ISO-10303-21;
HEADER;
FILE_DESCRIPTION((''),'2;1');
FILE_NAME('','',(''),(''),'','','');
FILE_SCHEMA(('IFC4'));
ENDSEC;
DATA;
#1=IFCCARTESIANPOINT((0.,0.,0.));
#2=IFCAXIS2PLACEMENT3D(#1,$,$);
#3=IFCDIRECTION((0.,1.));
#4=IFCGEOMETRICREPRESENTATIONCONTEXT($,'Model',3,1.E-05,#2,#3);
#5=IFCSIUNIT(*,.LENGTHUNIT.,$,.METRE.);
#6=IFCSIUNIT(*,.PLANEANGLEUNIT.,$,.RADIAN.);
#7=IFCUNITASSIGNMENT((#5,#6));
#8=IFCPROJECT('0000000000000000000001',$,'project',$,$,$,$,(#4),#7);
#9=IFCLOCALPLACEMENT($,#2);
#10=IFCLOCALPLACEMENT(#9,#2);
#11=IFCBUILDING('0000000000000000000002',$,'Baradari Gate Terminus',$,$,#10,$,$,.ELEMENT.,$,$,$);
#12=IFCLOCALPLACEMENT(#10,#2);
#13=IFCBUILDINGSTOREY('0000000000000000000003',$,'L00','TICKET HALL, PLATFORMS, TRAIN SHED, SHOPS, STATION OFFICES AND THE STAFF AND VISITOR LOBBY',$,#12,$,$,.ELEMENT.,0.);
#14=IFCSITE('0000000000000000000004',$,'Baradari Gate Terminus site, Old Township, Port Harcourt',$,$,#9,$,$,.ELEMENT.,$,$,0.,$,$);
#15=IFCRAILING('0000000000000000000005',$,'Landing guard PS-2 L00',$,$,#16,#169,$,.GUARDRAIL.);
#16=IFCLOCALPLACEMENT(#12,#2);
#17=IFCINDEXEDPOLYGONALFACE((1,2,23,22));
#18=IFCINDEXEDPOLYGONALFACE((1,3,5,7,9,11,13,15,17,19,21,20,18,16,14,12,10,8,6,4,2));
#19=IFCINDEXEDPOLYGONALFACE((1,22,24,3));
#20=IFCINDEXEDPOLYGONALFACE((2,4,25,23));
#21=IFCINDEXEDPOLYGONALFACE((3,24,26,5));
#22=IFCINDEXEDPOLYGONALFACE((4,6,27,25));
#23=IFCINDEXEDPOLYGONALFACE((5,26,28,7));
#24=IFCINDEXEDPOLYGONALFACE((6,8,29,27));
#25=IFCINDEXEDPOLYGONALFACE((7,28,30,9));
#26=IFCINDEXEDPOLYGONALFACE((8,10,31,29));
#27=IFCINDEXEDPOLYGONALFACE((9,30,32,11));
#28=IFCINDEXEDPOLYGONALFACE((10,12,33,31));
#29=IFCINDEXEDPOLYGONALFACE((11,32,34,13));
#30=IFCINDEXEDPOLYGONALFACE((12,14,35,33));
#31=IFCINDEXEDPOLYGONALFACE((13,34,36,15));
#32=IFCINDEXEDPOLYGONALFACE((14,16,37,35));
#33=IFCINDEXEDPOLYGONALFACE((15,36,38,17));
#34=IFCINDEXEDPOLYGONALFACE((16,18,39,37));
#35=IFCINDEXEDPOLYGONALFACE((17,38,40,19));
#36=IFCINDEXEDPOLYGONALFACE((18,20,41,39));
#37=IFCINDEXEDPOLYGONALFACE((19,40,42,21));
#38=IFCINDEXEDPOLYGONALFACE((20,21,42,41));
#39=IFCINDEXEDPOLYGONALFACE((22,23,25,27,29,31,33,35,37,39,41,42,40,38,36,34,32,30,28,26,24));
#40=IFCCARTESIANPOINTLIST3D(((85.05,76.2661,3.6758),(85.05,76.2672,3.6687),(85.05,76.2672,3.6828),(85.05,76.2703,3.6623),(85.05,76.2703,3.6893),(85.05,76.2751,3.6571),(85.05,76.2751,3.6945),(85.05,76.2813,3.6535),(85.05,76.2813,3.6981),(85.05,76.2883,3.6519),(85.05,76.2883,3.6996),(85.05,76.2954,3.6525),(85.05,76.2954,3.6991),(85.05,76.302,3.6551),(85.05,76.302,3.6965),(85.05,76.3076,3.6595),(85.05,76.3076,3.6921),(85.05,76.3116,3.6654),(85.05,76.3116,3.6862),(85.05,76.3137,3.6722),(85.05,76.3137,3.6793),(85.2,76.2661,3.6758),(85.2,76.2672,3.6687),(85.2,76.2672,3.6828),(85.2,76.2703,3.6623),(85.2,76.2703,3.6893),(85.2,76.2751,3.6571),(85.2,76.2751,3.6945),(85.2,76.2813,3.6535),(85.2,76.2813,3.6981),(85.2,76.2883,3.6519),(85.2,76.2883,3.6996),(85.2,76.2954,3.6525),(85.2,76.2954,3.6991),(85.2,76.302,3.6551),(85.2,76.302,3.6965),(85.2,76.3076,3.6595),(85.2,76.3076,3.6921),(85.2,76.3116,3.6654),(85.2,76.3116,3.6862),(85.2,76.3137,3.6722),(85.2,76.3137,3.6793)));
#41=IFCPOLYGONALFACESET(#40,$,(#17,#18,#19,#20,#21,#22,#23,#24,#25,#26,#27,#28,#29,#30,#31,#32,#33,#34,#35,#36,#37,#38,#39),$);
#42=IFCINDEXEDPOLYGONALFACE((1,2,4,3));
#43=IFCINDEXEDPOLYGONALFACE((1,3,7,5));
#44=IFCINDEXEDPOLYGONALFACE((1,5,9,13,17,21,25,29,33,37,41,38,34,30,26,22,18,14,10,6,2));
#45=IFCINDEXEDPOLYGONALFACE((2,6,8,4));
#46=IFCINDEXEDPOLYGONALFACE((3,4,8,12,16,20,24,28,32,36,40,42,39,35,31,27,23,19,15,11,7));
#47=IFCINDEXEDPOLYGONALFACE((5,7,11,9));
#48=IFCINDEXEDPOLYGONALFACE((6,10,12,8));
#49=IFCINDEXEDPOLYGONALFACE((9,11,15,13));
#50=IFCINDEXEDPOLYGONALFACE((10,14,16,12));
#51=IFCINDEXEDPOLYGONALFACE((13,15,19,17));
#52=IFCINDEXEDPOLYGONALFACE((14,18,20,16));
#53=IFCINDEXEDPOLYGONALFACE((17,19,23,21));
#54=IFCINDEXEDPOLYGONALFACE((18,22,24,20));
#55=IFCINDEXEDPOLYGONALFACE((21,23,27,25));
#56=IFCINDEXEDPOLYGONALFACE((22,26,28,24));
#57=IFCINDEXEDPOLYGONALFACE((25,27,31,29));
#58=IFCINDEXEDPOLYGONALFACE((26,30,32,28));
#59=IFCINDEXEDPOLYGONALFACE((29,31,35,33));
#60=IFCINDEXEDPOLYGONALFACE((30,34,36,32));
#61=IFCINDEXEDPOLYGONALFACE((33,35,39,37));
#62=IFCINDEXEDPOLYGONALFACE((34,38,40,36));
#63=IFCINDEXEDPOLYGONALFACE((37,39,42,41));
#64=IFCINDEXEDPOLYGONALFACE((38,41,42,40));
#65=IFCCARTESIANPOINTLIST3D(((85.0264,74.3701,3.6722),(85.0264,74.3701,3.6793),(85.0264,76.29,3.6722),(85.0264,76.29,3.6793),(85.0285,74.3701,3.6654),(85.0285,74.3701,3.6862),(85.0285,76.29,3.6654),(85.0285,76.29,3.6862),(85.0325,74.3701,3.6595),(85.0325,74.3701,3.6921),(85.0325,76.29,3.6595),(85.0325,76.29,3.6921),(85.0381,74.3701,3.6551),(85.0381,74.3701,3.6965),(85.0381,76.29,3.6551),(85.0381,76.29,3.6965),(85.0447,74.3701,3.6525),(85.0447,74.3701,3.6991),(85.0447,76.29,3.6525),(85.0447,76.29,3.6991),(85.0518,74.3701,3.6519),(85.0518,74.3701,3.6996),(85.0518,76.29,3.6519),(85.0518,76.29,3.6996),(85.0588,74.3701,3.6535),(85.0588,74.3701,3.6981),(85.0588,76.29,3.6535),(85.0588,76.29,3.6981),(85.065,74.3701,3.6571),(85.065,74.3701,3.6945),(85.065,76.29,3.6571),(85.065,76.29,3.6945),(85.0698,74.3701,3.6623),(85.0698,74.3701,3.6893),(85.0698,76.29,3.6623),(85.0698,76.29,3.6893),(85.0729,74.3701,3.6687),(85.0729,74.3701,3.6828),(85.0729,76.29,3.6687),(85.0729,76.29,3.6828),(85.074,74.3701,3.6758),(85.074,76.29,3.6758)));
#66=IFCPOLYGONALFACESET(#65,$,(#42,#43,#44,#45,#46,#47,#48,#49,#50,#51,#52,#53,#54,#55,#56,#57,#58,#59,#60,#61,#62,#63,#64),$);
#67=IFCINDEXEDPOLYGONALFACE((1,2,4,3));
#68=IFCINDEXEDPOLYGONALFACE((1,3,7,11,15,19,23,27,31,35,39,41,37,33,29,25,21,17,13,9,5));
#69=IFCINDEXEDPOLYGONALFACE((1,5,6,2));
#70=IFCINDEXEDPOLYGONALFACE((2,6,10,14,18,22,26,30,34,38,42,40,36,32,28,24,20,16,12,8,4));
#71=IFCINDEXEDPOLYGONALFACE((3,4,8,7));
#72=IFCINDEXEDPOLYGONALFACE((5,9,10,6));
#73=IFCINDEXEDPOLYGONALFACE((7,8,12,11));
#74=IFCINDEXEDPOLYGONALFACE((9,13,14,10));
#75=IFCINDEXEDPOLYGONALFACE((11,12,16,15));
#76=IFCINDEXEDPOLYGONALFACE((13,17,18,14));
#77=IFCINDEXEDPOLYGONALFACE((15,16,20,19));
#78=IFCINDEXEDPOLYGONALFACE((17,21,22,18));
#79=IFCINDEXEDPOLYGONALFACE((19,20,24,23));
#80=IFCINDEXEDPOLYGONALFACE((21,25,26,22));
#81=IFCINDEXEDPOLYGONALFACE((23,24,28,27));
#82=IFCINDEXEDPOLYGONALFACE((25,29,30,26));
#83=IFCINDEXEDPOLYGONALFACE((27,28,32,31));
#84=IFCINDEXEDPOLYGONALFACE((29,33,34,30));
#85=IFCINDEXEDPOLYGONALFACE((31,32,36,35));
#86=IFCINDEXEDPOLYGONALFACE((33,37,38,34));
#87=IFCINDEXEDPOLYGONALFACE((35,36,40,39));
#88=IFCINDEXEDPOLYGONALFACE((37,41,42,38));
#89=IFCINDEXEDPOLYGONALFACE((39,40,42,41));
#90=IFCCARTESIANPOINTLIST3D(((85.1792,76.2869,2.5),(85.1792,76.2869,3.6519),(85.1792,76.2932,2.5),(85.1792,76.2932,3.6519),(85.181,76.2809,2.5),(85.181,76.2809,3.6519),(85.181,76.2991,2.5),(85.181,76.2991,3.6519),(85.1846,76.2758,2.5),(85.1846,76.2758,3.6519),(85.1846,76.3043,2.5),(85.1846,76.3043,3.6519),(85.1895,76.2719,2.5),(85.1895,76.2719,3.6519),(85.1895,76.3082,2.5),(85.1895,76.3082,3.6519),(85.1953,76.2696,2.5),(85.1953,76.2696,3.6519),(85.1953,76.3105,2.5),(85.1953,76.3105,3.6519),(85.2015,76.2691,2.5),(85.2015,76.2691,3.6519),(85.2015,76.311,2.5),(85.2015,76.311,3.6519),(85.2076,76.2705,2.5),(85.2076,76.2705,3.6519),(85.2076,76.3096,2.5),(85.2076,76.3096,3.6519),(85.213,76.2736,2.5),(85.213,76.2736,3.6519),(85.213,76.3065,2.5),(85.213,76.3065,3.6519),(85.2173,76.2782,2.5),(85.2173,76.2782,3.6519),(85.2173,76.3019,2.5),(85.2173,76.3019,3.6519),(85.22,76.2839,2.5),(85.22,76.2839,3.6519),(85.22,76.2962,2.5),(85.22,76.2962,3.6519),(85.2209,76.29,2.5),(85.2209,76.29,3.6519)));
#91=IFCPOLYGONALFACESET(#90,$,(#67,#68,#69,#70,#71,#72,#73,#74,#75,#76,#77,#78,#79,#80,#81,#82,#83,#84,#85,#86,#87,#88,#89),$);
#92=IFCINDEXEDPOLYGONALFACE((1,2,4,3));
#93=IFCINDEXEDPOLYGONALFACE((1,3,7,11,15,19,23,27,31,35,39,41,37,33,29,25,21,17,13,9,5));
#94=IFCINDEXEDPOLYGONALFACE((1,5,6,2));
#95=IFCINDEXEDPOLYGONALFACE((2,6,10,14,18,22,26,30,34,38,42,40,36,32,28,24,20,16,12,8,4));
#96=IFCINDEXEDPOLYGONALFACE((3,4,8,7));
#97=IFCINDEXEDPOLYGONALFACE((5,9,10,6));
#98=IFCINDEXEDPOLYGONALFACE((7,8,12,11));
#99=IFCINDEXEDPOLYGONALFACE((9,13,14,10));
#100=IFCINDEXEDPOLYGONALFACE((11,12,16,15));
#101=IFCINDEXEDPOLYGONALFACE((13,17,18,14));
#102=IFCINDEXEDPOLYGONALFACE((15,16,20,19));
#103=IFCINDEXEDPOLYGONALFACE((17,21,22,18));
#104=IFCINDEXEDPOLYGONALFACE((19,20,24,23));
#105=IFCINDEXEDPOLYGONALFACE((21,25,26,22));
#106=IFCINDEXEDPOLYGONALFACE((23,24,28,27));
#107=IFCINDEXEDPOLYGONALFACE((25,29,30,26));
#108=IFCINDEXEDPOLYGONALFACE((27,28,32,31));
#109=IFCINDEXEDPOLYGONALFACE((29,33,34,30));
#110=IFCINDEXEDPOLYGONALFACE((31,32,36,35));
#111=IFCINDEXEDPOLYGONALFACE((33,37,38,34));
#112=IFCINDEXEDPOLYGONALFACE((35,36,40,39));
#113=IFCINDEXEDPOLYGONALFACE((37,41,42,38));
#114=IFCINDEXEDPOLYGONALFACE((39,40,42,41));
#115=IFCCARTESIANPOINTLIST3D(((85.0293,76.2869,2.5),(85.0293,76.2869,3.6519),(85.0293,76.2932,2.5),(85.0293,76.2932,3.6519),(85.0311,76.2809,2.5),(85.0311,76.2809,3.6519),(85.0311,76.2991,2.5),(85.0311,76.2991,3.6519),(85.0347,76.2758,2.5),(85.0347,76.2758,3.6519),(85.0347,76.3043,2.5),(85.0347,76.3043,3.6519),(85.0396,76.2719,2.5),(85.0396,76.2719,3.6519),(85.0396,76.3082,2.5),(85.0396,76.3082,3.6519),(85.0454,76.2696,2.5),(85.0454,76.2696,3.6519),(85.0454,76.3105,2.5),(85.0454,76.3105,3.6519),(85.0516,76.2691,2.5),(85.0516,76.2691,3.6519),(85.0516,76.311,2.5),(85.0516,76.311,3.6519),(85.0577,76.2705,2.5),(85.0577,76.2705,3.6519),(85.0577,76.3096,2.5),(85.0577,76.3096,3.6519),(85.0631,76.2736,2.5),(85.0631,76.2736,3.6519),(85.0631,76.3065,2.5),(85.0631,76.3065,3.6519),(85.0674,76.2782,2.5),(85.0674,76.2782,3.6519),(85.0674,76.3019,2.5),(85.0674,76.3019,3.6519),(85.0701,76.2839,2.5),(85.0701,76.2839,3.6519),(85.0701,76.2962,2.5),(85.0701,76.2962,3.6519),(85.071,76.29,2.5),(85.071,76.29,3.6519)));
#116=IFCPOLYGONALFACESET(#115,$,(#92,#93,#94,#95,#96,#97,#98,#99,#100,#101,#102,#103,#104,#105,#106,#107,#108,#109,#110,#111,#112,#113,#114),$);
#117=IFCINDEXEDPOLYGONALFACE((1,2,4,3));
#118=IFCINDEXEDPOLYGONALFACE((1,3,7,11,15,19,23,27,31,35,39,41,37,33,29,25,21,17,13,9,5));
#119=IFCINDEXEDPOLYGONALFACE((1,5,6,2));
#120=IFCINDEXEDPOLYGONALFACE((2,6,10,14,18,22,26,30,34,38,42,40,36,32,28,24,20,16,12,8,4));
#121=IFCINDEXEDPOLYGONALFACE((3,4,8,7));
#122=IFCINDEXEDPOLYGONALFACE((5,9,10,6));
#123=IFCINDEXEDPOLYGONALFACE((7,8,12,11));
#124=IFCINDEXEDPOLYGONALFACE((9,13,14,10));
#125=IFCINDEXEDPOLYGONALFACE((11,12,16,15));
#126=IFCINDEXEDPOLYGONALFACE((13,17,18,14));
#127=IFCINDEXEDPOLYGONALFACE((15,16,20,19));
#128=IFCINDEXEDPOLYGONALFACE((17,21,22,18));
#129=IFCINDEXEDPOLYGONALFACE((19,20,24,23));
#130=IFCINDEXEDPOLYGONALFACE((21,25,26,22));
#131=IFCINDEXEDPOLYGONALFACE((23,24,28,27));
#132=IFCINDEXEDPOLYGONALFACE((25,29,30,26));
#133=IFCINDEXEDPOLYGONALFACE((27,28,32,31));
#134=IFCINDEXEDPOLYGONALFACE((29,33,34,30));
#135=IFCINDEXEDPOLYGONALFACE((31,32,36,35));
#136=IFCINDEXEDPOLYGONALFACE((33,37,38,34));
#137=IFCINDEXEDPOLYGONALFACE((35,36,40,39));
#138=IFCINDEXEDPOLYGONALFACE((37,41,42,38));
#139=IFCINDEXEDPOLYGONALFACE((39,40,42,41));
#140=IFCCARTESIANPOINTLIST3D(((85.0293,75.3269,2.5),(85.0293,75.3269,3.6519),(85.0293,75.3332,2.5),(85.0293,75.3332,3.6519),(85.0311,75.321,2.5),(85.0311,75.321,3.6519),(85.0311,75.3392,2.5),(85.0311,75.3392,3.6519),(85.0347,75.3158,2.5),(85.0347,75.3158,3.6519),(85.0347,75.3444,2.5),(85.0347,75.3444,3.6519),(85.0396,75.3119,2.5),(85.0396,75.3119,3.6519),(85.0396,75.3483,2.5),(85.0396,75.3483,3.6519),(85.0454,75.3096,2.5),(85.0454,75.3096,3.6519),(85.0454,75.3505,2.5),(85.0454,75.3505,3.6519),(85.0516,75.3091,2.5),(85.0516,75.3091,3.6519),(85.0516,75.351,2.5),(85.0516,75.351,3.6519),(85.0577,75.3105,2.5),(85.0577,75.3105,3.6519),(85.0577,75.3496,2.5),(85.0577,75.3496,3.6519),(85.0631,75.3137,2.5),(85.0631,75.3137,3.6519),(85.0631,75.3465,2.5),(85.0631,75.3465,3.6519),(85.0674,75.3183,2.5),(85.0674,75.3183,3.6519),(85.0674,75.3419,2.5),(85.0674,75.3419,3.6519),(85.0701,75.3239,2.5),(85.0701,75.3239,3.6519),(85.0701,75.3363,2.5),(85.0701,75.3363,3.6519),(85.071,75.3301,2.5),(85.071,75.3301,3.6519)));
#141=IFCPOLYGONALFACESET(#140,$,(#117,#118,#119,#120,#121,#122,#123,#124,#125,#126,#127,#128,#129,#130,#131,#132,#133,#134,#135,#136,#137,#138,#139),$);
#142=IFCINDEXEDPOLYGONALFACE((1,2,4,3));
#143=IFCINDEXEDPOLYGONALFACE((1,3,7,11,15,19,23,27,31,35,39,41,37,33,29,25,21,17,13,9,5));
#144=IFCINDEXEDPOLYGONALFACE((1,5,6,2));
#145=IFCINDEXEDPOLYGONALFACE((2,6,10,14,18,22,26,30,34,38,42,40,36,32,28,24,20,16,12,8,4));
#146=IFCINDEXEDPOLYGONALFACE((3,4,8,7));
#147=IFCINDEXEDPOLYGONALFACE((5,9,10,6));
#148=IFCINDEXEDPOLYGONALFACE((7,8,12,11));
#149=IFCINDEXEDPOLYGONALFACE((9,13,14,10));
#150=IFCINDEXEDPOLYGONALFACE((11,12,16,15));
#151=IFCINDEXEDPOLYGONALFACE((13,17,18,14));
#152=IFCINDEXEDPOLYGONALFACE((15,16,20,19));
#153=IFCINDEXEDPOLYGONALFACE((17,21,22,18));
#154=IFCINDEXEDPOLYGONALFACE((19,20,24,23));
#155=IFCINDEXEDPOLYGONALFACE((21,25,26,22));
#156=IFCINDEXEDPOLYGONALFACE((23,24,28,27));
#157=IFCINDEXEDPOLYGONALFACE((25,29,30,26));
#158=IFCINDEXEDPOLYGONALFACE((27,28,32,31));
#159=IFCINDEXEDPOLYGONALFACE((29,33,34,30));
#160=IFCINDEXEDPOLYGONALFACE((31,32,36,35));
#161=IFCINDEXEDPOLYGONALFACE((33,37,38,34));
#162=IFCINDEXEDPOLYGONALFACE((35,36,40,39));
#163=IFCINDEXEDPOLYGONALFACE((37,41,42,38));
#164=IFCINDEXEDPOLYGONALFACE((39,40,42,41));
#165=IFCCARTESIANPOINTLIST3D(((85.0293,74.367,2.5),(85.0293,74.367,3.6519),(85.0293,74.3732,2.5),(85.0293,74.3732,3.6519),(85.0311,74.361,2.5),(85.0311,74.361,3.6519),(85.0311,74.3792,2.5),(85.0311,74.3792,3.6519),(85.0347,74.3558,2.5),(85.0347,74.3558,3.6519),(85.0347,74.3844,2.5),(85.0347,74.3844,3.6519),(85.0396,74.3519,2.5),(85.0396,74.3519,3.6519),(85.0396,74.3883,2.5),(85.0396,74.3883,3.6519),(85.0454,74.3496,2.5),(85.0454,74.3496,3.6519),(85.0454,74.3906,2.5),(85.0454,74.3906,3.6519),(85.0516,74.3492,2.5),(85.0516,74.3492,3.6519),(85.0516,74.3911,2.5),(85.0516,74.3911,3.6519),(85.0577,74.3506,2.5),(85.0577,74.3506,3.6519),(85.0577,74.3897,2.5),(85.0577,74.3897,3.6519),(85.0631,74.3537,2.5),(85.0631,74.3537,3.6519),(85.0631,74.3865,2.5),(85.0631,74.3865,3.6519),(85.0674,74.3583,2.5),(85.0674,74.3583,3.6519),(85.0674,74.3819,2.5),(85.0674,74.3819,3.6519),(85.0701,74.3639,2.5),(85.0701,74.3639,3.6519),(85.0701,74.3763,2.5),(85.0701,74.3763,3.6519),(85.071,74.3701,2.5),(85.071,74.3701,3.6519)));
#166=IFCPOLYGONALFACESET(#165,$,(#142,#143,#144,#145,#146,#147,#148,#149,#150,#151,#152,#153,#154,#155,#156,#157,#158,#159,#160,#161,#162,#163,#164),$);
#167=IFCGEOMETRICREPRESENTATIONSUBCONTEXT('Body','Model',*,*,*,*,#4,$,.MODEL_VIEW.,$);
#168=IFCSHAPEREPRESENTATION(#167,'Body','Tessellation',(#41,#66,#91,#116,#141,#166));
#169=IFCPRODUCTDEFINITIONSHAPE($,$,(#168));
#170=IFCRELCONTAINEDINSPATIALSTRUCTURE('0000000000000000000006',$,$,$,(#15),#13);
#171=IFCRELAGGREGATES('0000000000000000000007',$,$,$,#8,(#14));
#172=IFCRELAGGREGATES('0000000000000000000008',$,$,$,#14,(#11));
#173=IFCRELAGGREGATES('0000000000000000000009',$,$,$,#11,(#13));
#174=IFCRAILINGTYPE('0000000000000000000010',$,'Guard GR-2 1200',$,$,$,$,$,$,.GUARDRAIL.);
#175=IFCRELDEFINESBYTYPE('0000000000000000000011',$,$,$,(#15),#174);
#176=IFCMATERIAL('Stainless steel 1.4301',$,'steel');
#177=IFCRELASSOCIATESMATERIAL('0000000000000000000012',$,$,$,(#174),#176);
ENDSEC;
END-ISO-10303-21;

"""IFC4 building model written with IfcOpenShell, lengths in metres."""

from ifc_helpers import new_model, si_unit, direction, frame, origin, origin_2d, place, context, subcontext, project, spatial, circle, extrude, material, type_object, element, save


model = new_model("IFC4")

# Units and contexts
model_context = context("Model", 3, precision=1e-05, world=origin(), true_north=direction((0.0, 1.0)))
body_context = subcontext(model_context, "Body", "Model", "MODEL_VIEW")
ifc_project = project(units=[si_unit("LENGTHUNIT", "METRE"), si_unit("PLANEANGLEUNIT", "RADIAN")], contexts=[model_context])

# Site, building, storey
site_placement = place(None, origin())
site = spatial("IfcSite", under=ifc_project, at=site_placement, Name="Baradari Gate Terminus site, Old Township, Port Harcourt", CompositionType="ELEMENT", RefElevation=0.0)
building_placement = place(site_placement, origin())
building = spatial("IfcBuilding", under=site, at=building_placement, Name="Baradari Gate Terminus", CompositionType="ELEMENT")
storey_placement = place(building_placement, origin())
storey = spatial("IfcBuildingStorey", under=building, at=storey_placement, Name="L00", Description="TICKET HALL, PLATFORMS, TRAIN SHED, SHOPS, STATION OFFICES AND THE STAFF AND VISITOR LOBBY", CompositionType="ELEMENT", Elevation=0.0)

# Railing
ifc_material_1 = material(Name="Stainless steel 1.4301", Category="steel")
railing_type_1 = type_object("IfcRailingType", Name="Guard GR-2 1200", PredefinedType="GUARDRAIL", material=ifc_material_1)
railing_1_placement = place(storey_placement, frame((85.2, 76.29, 2.5)))
element("IfcRailing", 1, at=railing_1_placement, inside=storey, type_object=railing_type_1, Name="Landing guard PS-2 L00", PredefinedType="GUARDRAIL", context=body_context, shape_type="SweptSolid", body=[
    extrude(circle(Radius=0.0239, at=origin_2d()), frame((0.0, 0.0, 1.1758), z_axis=(-1.0, 0.0, 0.0), x_axis=(0.0, -1.0, 0.0)), (0.0, 0.0, 1.0), 0.1499),
    extrude(circle(Radius=0.0239, at=origin_2d()), frame((-0.1499, 0.0, 1.1758), z_axis=(0.0, -1.0, 0.0), x_axis=(1.0, 0.0, 0.0)), (0.0, 0.0, 1.0), 1.9199),
    extrude(circle(Radius=0.021, at=origin_2d()), origin(), (0.0, 0.0, 1.0), 1.1519),
    extrude(circle(Radius=0.021, at=origin_2d()), frame((-0.1499, 0.0, 0.0)), (0.0, 0.0, 1.0), 1.1519),
    extrude(circle(Radius=0.021, at=origin_2d()), frame((-0.1499, -0.96, 0.0)), (0.0, 0.0, 1.0), 1.1519),
    extrude(circle(Radius=0.021, at=origin_2d()), frame((-0.1499, -1.9199, 0.0)), (0.0, 0.0, 1.0), 1.1519),
])

save(model, "model.ifc")
